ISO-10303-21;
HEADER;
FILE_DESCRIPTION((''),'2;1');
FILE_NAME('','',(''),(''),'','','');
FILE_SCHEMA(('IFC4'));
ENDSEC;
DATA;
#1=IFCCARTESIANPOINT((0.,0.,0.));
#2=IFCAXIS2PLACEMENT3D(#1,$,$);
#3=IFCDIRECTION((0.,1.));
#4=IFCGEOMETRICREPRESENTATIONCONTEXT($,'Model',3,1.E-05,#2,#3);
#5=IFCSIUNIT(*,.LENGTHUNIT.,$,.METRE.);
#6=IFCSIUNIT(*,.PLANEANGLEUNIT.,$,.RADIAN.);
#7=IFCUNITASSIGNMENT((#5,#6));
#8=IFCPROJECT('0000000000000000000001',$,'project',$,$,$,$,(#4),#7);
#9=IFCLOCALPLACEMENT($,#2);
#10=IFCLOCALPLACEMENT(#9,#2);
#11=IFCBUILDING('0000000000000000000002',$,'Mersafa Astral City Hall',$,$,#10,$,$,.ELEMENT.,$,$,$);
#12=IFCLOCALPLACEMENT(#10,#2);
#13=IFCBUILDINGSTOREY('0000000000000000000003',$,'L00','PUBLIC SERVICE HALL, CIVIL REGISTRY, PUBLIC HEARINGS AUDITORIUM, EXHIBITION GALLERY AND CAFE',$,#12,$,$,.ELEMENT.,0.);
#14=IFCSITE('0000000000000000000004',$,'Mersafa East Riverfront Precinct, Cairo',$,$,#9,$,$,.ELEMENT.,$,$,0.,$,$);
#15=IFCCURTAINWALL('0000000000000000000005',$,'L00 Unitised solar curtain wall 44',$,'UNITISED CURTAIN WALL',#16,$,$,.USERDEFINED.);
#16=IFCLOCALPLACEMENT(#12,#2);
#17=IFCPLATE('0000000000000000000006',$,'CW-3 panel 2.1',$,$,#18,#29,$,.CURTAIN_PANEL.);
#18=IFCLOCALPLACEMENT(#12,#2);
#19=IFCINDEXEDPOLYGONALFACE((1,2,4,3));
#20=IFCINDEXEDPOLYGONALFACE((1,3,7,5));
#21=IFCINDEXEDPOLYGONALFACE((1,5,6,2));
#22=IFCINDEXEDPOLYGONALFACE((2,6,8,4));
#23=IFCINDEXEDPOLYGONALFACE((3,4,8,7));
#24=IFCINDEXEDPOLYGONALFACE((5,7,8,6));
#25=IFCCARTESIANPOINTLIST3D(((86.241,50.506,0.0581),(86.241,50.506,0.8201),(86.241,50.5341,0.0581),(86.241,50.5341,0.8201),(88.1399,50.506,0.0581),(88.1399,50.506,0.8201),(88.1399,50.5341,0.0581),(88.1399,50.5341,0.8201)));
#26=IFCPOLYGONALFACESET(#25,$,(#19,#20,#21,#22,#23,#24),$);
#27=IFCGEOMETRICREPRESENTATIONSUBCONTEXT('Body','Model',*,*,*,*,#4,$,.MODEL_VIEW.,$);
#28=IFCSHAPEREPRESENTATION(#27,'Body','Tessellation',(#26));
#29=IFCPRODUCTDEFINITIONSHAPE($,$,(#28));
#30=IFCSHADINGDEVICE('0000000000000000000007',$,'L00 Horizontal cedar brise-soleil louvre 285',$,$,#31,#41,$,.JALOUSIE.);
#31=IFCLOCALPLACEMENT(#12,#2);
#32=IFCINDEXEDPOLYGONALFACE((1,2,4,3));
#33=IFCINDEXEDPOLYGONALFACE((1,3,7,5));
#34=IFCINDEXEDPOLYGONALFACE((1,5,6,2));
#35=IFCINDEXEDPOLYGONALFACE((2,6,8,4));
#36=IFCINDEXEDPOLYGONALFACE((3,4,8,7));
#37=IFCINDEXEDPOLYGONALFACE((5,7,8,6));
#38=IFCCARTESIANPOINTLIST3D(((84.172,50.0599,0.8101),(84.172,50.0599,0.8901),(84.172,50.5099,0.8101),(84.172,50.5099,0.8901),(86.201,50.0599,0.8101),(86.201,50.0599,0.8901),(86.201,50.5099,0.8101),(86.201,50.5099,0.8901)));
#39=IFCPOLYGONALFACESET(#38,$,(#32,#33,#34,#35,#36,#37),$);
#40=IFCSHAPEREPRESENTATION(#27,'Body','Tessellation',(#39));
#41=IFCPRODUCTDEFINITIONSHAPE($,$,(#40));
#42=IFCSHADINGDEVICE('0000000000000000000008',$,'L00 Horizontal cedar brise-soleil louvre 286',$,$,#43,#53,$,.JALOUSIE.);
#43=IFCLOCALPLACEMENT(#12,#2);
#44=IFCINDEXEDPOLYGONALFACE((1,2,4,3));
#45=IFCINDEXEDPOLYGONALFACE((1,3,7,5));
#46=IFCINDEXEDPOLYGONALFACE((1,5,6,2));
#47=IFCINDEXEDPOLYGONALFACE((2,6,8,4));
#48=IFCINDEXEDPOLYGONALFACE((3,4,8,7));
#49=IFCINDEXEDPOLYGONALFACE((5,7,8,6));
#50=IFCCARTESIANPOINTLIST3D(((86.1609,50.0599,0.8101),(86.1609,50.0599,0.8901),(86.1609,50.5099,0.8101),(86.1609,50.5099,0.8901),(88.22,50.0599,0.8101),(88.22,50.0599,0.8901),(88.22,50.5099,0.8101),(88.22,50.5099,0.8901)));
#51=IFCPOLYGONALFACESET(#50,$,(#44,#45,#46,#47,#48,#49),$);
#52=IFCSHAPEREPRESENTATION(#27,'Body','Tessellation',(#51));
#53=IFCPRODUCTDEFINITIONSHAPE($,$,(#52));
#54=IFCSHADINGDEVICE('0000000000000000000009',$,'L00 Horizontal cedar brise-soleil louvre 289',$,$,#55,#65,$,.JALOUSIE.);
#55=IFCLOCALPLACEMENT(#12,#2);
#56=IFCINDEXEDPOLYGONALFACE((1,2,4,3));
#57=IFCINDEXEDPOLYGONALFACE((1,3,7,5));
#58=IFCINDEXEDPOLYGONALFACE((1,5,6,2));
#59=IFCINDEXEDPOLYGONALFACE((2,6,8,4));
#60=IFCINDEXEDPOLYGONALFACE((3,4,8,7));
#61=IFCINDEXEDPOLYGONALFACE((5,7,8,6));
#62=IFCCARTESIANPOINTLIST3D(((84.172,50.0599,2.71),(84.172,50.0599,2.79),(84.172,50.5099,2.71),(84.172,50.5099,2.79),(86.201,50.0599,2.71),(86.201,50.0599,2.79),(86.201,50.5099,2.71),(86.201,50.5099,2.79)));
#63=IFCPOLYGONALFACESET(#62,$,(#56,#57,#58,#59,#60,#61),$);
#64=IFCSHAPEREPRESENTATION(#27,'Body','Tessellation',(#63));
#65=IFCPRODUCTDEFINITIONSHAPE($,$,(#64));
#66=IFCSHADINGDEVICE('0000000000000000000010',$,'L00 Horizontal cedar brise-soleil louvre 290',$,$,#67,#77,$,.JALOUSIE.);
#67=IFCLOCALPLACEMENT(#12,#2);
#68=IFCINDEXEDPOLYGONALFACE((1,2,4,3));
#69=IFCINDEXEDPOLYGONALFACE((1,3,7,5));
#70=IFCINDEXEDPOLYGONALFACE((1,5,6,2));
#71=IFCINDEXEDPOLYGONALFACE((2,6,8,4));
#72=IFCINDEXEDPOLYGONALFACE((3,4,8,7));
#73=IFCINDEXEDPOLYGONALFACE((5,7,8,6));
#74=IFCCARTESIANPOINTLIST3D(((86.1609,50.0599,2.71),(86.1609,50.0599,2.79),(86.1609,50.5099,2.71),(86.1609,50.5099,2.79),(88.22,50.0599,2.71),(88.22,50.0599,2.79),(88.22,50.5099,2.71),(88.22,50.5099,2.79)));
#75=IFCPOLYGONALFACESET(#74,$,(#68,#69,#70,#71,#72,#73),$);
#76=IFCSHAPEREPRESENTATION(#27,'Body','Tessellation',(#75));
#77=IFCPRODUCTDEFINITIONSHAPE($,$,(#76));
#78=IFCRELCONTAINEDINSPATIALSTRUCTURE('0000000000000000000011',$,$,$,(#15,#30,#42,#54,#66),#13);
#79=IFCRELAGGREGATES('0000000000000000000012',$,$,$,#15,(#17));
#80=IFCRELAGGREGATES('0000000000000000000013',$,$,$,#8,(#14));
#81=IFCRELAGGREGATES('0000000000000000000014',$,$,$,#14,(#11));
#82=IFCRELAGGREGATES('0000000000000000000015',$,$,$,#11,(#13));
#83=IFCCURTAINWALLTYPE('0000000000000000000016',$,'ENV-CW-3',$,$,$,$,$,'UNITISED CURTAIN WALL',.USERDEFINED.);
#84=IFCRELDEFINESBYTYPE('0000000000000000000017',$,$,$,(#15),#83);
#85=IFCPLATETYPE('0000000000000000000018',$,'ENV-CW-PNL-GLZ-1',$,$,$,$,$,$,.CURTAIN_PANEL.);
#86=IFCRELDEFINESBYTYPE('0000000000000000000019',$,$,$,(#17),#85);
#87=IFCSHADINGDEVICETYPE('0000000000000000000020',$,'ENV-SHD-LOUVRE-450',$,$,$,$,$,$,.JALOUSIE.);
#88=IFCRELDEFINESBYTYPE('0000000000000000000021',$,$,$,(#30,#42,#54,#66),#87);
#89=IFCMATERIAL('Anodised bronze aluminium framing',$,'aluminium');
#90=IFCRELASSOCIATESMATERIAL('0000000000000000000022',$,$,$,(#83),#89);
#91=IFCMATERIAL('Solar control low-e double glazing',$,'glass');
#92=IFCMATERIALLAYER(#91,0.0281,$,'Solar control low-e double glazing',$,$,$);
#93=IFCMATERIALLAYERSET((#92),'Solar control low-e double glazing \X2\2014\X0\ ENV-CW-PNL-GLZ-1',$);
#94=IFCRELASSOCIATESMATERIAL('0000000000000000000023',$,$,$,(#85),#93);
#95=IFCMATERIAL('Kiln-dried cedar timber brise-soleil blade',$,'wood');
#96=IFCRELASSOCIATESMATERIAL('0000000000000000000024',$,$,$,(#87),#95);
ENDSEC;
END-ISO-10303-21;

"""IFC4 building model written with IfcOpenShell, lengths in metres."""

from ifc_helpers import new_model, si_unit, direction, frame, origin, origin_2d, place, context, subcontext, project, spatial, rectangle, extrude, material, layer, layer_set, type_object, element, aggregate, save


model = new_model("IFC4")

# Units and contexts
model_context = context("Model", 3, precision=1e-05, world=origin(), true_north=direction((0.0, 1.0)))
body_context = subcontext(model_context, "Body", "Model", "MODEL_VIEW")
ifc_project = project(units=[si_unit("LENGTHUNIT", "METRE"), si_unit("PLANEANGLEUNIT", "RADIAN")], contexts=[model_context])

# Site, building, storey
site_placement = place(None, origin())
site = spatial("IfcSite", under=ifc_project, at=site_placement, Name="Mersafa East Riverfront Precinct, Cairo", CompositionType="ELEMENT", RefElevation=0.0)
building_placement = place(site_placement, origin())
building = spatial("IfcBuilding", under=site, at=building_placement, Name="Mersafa Astral City Hall", CompositionType="ELEMENT")
storey_placement = place(building_placement, origin())
storey = spatial("IfcBuildingStorey", under=building, at=storey_placement, Name="L00", Description="PUBLIC SERVICE HALL, CIVIL REGISTRY, PUBLIC HEARINGS AUDITORIUM, EXHIBITION GALLERY AND CAFE", CompositionType="ELEMENT", Elevation=0.0)

# Curtain wall
ifc_material_1 = material(Name="Anodised bronze aluminium framing", Category="aluminium")
curtain_wall_type = type_object("IfcCurtainWallType", Name="ENV-CW-3", ElementType="UNITISED CURTAIN WALL", PredefinedType="USERDEFINED", material=ifc_material_1)
curtain_wall_placement = place(storey_placement, origin())
curtain_wall = element("IfcCurtainWall", 1, at=curtain_wall_placement, inside=storey, type_object=curtain_wall_type, Name="L00 Unitised solar curtain wall 44", ObjectType="UNITISED CURTAIN WALL", PredefinedType="USERDEFINED")

# Plate
ifc_material_2 = material(Name="Solar control low-e double glazing", Category="glass")
ifc_layer = layer(ifc_material_2, 0.0281, Name="Solar control low-e double glazing")
ifc_layer_set = layer_set([ifc_layer], Name="Solar control low-e double glazing — ENV-CW-PNL-GLZ-1")
plate_type = type_object("IfcPlateType", Name="ENV-CW-PNL-GLZ-1", PredefinedType="CURTAIN_PANEL", material=ifc_layer_set)
plate_1_placement = place(storey_placement, frame((87.1904, 50.52, 0.0581), z_axis=(0.0, 0.0, 1.0), x_axis=(1.0, 0.0, 0.0)))
plate_1 = element("IfcPlate", 2, at=plate_1_placement, type_object=plate_type, Name="CW-3 panel 2.1", PredefinedType="CURTAIN_PANEL", context=body_context, shape_type="SweptSolid", body=[
    extrude(rectangle(XDim=1.8989, YDim=0.0281, at=origin_2d()), origin(), (0.0, 0.0, 1.0), 0.762),
])
aggregate(curtain_wall, [plate_1])

# Shading devices
ifc_material_3 = material(Name="Kiln-dried cedar timber brise-soleil blade", Category="wood")
shading_device_type = type_object("IfcShadingDeviceType", Name="ENV-SHD-LOUVRE-450", PredefinedType="JALOUSIE", material=ifc_material_3)
shading_device_1_placement = place(storey_placement, frame((85.1865, 50.2849, 0.8101), z_axis=(0.0, 0.0, 1.0), x_axis=(1.0, 0.0, 0.0)))
element("IfcShadingDevice", 3, at=shading_device_1_placement, inside=storey, type_object=shading_device_type, Name="L00 Horizontal cedar brise-soleil louvre 285", PredefinedType="JALOUSIE", context=body_context, shape_type="SweptSolid", body=[
    extrude(rectangle(XDim=2.0291, YDim=0.45, at=origin_2d()), origin(), (0.0, 0.0, 1.0), 0.0801),
])
shading_device_2_placement = place(storey_placement, frame((87.1904, 50.2849, 0.8101), z_axis=(0.0, 0.0, 1.0), x_axis=(1.0, 0.0, 0.0)))
element("IfcShadingDevice", 4, at=shading_device_2_placement, inside=storey, type_object=shading_device_type, Name="L00 Horizontal cedar brise-soleil louvre 286", PredefinedType="JALOUSIE", context=body_context, shape_type="SweptSolid", body=[
    extrude(rectangle(XDim=2.0591, YDim=0.45, at=origin_2d()), origin(), (0.0, 0.0, 1.0), 0.0801),
])
shading_device_3_placement = place(storey_placement, frame((85.1865, 50.2849, 2.71), z_axis=(0.0, 0.0, 1.0), x_axis=(1.0, 0.0, 0.0)))
element("IfcShadingDevice", 5, at=shading_device_3_placement, inside=storey, type_object=shading_device_type, Name="L00 Horizontal cedar brise-soleil louvre 289", PredefinedType="JALOUSIE", context=body_context, shape_type="SweptSolid", body=[
    extrude(rectangle(XDim=2.0291, YDim=0.45, at=origin_2d()), origin(), (0.0, 0.0, 1.0), 0.0801),
])
shading_device_4_placement = place(storey_placement, frame((87.1904, 50.2849, 2.71), z_axis=(0.0, 0.0, 1.0), x_axis=(1.0, 0.0, 0.0)))
element("IfcShadingDevice", 6, at=shading_device_4_placement, inside=storey, type_object=shading_device_type, Name="L00 Horizontal cedar brise-soleil louvre 290", PredefinedType="JALOUSIE", context=body_context, shape_type="SweptSolid", body=[
    extrude(rectangle(XDim=2.0591, YDim=0.45, at=origin_2d()), origin(), (0.0, 0.0, 1.0), 0.0801),
])

save(model, "model.ifc")
